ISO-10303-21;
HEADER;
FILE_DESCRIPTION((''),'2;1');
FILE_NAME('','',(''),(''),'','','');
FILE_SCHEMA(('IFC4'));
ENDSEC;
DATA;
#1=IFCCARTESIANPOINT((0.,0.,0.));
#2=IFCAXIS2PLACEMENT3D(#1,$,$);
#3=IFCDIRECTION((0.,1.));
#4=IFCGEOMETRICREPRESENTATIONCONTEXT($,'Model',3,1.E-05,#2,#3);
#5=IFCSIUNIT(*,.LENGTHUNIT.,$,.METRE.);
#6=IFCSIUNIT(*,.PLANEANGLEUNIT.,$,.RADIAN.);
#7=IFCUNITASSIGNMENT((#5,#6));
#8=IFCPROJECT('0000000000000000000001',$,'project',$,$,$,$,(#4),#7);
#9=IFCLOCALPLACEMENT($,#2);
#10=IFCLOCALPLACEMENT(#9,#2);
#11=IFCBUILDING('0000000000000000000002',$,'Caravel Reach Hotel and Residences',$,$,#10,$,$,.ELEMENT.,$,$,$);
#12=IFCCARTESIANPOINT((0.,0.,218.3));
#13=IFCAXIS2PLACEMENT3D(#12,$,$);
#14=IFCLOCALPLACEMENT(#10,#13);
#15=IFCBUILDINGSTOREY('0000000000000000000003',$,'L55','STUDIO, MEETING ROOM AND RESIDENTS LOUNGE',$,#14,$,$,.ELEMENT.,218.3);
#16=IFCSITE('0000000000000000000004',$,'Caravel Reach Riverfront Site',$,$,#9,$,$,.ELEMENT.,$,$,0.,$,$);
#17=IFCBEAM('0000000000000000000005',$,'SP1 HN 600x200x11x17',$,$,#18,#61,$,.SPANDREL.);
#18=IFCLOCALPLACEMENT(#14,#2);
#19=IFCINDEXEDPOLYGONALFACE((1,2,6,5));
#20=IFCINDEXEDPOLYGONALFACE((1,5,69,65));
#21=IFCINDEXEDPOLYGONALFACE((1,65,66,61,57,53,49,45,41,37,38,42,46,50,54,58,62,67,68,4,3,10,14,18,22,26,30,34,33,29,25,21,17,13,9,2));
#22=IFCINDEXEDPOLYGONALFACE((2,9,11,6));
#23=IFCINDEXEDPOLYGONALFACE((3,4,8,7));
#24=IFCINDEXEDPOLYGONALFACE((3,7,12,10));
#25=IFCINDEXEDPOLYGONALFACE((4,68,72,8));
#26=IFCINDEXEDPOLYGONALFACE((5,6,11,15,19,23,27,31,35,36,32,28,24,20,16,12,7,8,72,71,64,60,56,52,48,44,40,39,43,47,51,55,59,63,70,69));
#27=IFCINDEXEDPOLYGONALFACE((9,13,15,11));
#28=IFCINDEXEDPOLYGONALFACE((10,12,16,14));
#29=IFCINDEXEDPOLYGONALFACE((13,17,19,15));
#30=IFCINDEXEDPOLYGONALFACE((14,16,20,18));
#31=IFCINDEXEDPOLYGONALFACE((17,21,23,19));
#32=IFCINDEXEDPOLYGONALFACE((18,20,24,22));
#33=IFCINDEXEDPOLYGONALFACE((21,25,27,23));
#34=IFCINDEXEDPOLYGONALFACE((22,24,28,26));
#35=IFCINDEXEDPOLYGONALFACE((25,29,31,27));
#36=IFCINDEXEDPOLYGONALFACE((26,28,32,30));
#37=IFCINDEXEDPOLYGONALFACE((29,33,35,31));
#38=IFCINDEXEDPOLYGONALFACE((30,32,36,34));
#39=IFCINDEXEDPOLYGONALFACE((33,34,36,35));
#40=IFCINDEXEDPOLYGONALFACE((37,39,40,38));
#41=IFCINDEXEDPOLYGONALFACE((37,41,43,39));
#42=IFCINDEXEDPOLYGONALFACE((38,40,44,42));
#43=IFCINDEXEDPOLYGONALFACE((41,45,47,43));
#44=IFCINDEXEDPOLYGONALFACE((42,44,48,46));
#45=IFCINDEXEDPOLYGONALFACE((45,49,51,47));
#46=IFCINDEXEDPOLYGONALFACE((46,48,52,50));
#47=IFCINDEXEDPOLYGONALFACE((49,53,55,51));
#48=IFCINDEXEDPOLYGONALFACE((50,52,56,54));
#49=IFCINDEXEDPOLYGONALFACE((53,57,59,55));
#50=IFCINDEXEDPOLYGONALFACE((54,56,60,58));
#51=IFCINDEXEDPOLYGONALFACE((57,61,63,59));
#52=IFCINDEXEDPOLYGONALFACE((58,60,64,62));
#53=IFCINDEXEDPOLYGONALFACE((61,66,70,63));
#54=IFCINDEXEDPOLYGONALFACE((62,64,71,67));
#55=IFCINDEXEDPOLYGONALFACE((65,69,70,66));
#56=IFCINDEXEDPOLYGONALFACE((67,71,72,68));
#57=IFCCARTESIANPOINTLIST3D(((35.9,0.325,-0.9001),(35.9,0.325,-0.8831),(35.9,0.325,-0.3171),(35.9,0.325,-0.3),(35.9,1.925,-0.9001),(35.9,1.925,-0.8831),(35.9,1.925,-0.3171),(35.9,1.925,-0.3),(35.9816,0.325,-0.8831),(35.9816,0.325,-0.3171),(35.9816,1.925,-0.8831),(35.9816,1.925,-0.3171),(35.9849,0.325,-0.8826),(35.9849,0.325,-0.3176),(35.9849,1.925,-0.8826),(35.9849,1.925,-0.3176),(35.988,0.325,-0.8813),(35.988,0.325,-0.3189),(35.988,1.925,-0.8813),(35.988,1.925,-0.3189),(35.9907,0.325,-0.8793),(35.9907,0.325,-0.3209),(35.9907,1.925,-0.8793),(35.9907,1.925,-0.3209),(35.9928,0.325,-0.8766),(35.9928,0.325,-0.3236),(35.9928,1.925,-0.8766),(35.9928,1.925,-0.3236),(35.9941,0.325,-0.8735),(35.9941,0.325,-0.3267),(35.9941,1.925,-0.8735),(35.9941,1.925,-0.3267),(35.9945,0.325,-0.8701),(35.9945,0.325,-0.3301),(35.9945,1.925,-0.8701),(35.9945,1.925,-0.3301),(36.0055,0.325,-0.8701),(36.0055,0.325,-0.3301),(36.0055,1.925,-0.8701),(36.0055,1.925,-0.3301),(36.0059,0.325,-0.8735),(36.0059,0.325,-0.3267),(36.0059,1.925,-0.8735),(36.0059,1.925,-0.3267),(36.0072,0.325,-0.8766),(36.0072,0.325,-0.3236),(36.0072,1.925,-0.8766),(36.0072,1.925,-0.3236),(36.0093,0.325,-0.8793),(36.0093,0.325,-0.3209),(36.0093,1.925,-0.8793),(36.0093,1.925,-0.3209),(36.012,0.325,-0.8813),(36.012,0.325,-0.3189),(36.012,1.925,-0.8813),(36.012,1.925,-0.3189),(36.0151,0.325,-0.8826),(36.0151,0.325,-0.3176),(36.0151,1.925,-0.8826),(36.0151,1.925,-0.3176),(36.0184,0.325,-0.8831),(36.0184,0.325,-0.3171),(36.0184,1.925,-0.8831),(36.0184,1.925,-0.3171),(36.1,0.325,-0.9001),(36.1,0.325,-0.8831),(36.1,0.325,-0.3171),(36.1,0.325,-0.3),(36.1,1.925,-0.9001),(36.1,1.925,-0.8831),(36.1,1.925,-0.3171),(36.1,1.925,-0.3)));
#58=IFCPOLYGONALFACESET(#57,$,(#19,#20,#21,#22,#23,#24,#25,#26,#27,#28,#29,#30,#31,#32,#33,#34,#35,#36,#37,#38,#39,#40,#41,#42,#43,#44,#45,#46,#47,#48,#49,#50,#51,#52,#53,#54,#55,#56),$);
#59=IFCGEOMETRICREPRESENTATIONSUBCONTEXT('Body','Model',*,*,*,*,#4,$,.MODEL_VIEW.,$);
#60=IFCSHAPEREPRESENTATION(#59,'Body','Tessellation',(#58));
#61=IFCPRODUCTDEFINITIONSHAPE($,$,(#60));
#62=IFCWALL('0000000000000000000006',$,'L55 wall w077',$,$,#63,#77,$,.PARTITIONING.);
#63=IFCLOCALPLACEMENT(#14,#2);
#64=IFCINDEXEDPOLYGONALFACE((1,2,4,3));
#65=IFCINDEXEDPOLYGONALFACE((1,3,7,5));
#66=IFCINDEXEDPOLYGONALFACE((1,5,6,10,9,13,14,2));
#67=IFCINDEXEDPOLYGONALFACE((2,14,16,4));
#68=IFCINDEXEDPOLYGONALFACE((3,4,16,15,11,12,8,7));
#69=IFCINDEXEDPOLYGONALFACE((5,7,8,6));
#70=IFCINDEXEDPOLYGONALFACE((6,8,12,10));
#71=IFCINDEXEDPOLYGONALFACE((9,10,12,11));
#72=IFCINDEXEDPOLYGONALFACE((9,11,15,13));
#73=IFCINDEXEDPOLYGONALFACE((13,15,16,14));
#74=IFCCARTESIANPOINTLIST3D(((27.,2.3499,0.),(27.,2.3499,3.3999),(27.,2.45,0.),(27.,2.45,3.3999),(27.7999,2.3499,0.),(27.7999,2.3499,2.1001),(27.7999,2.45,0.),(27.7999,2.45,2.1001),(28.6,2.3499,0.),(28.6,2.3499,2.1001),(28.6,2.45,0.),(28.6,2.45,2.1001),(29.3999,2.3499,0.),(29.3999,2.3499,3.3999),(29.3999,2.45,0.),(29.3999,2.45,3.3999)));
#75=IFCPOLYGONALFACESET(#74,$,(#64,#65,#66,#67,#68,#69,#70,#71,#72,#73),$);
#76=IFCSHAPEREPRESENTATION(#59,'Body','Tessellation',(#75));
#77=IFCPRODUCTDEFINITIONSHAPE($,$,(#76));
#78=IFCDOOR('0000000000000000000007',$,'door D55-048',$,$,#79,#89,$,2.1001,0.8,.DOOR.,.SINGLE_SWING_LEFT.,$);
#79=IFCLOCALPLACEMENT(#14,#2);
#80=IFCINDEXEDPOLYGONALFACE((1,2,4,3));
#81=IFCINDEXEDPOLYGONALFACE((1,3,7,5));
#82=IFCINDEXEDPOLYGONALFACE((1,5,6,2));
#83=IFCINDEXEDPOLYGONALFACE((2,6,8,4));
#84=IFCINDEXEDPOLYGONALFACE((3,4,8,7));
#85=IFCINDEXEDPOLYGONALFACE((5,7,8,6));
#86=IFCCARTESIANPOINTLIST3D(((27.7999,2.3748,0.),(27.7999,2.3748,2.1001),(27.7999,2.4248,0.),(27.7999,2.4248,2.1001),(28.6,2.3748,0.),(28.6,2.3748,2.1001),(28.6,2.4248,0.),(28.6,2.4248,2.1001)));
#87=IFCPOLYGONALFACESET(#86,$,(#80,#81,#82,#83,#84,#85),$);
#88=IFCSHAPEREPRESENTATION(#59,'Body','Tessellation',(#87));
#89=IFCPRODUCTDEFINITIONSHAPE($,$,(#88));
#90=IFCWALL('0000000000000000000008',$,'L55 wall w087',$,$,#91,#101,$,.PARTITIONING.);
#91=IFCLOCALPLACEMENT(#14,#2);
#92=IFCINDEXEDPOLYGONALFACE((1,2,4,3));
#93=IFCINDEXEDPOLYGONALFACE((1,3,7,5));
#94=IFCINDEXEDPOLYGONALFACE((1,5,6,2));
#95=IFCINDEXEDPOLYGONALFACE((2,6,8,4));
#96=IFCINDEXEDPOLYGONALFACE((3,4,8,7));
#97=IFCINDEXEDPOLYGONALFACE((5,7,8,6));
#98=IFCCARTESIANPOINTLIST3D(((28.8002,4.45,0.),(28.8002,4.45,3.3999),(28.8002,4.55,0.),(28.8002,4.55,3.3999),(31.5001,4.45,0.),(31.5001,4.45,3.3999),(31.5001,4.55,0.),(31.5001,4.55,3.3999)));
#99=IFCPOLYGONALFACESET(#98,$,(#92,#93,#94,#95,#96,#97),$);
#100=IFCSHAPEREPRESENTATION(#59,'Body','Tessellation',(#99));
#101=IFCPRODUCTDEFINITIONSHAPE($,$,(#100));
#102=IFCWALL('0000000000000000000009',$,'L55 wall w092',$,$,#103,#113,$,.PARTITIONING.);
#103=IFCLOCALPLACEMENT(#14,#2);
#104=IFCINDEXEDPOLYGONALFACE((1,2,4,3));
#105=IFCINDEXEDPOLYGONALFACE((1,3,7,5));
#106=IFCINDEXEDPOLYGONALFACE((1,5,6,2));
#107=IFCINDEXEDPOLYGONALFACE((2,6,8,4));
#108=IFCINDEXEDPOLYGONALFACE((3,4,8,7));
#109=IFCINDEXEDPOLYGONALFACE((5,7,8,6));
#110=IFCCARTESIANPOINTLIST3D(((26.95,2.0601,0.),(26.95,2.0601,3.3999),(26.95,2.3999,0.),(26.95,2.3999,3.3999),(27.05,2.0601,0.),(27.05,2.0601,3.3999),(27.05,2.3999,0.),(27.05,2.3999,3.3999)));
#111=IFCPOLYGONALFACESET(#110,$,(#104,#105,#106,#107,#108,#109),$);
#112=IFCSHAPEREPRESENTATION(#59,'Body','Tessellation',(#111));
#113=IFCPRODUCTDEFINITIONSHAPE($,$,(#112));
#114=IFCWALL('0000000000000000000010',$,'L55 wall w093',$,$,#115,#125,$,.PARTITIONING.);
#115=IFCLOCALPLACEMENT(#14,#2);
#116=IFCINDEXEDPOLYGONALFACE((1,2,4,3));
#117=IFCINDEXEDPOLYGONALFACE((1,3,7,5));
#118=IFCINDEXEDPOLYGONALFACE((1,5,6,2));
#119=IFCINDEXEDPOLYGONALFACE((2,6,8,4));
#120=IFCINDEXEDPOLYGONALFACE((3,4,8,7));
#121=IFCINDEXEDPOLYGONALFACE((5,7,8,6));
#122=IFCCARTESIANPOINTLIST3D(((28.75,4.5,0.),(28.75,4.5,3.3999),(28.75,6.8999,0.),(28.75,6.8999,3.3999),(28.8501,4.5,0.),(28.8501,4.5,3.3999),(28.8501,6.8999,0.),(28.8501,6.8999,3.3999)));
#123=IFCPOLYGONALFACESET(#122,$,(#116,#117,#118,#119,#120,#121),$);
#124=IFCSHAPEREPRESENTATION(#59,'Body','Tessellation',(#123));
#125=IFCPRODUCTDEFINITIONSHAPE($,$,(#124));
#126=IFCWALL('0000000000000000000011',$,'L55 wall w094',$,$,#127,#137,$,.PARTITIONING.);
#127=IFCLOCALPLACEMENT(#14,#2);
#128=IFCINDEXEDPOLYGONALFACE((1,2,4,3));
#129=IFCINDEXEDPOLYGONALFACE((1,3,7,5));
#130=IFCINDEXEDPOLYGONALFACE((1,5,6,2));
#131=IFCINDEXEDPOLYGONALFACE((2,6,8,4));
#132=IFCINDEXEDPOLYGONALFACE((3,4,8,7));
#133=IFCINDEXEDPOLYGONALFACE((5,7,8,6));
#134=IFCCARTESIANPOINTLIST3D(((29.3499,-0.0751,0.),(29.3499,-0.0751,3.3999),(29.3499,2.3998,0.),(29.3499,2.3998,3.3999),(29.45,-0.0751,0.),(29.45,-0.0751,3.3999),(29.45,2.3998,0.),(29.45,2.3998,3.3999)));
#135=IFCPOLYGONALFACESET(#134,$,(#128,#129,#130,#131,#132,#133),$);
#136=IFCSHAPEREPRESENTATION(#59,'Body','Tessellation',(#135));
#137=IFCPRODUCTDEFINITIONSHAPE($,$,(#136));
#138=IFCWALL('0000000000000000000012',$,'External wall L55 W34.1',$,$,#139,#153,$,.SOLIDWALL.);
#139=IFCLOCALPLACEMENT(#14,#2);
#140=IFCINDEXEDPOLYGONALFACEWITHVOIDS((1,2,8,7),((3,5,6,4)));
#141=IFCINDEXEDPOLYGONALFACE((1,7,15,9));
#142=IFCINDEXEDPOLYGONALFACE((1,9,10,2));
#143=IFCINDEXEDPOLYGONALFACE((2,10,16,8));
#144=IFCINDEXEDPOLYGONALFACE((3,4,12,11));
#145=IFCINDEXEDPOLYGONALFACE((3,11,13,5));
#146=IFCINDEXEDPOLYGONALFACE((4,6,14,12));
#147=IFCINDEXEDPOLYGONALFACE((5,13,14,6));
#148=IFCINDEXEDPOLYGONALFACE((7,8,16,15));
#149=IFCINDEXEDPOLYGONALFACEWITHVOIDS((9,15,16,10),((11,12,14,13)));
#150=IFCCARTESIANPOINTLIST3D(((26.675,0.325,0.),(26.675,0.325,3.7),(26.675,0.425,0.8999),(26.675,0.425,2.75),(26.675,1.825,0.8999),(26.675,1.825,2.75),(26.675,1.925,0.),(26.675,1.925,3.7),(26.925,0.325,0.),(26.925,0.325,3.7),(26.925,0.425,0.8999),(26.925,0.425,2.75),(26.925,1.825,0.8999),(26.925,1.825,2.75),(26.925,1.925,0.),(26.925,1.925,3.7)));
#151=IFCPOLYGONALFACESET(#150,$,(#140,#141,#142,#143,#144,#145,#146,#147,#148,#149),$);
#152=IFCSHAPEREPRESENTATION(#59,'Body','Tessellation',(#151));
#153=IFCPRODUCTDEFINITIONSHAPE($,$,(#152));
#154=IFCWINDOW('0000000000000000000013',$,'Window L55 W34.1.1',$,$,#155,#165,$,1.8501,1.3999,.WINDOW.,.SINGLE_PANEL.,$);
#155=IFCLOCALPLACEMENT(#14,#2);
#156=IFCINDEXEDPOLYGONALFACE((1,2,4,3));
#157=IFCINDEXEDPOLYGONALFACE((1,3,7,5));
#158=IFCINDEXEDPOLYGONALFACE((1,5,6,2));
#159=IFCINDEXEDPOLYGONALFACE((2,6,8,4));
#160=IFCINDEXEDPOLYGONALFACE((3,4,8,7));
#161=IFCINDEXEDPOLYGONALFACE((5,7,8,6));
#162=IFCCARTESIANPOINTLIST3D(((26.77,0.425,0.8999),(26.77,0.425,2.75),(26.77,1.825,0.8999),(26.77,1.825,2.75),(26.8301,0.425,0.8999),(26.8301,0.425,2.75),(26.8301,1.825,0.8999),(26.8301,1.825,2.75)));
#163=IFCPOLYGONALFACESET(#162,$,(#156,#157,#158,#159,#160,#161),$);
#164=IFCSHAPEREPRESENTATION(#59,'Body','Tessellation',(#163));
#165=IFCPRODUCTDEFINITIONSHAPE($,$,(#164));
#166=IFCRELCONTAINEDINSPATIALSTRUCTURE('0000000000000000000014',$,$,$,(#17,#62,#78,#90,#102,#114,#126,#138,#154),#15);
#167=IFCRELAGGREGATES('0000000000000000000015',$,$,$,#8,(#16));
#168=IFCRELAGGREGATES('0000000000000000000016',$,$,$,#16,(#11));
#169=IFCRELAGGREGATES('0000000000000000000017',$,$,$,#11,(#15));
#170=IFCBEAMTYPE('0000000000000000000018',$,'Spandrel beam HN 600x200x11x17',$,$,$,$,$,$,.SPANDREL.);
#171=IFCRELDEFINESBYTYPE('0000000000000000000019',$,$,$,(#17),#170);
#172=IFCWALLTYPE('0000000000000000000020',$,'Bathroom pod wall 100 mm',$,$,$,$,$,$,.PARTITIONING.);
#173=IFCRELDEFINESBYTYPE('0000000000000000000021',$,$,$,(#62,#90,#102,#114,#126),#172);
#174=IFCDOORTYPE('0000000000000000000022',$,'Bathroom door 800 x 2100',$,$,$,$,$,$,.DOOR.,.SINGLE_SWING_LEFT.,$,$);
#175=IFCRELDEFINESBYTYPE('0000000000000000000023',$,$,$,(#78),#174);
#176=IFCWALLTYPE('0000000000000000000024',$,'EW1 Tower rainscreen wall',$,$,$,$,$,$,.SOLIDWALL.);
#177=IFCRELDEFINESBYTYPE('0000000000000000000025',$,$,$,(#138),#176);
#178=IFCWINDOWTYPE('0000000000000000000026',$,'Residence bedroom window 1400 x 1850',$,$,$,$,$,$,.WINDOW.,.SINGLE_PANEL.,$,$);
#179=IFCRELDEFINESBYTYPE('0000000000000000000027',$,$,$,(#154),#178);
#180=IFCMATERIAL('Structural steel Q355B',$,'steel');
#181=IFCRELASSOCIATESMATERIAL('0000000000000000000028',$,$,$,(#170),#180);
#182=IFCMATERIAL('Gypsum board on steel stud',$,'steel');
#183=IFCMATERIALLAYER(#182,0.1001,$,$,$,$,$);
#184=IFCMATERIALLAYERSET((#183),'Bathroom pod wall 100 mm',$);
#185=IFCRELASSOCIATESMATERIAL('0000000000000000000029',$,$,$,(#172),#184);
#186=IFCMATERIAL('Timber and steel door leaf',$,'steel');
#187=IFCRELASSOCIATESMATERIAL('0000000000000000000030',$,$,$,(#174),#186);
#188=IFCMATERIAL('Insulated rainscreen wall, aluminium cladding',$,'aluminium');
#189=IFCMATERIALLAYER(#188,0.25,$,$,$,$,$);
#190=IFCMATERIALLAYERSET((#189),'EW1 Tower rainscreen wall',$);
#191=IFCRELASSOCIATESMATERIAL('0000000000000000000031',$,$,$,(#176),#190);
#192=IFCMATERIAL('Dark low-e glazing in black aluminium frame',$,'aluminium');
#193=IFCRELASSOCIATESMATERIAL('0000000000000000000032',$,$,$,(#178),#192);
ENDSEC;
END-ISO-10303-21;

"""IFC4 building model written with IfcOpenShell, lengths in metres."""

from ifc_helpers import new_model, si_unit, direction, frame, frame_2d, origin, origin_2d, place, context, subcontext, project, spatial, rectangle, i_section, extrude, material, layer, layer_set, material_profile, profile_set, type_object, element, fill, save


model = new_model("IFC4")

# Units and contexts
model_context = context("Model", 3, precision=1e-05, world=origin(), true_north=direction((0.0, 1.0)))
body_context = subcontext(model_context, "Body", "Model", "MODEL_VIEW")
ifc_project = project(units=[si_unit("LENGTHUNIT", "METRE"), si_unit("PLANEANGLEUNIT", "RADIAN")], contexts=[model_context])

# Site, building, storey
site_placement = place(None, origin())
site = spatial("IfcSite", under=ifc_project, at=site_placement, Name="Caravel Reach Riverfront Site", CompositionType="ELEMENT", RefElevation=0.0)
building_placement = place(site_placement, origin())
building = spatial("IfcBuilding", under=site, at=building_placement, Name="Caravel Reach Hotel and Residences", CompositionType="ELEMENT")
storey_placement = place(building_placement, frame((0.0, 0.0, 218.3)))
storey = spatial("IfcBuildingStorey", under=building, at=storey_placement, Name="L55", Description="STUDIO, MEETING ROOM AND RESIDENTS LOUNGE", CompositionType="ELEMENT", Elevation=218.3)

# Beam
ifc_material_1 = material(Name="Structural steel Q355B", Category="steel")
ifc_material_profile_1 = material_profile(ifc_material_1, i_section(OverallWidth=0.2, OverallDepth=0.6001, WebThickness=0.011, FlangeThickness=0.0171, FilletRadius=0.0129, at=origin_2d()), Name="HN 600x200x11x17")
ifc_profile_set_1 = profile_set([ifc_material_profile_1], Name="Structural steel Q355B")
beam_type = type_object("IfcBeamType", Name="Spandrel beam HN 600x200x11x17", PredefinedType="SPANDREL", material=ifc_profile_set_1)
beam_1_placement = place(storey_placement, frame((36.0, 0.325, -0.6001), z_axis=(0.0, 1.0, 0.0), x_axis=(-1.0, 0.0, 0.0)))
element("IfcBeam", 1, at=beam_1_placement, inside=storey, type_object=beam_type, Name="SP1 HN 600x200x11x17", PredefinedType="SPANDREL", context=body_context, shape_type="SweptSolid", body=[
    extrude(i_section(OverallWidth=0.2, OverallDepth=0.6001, WebThickness=0.011, FlangeThickness=0.0171, FilletRadius=0.0129, at=origin_2d()), origin(), (0.0, 0.0, 1.0), 1.6001),
])

# Wall, opening, door
ifc_material_2 = material(Name="Gypsum board on steel stud", Category="steel")
ifc_layer_1 = layer(ifc_material_2, 0.1001)
ifc_layer_set_1 = layer_set([ifc_layer_1], Name="Bathroom pod wall 100 mm")
wall_type_1 = type_object("IfcWallType", Name="Bathroom pod wall 100 mm", PredefinedType="PARTITIONING", material=ifc_layer_set_1)
wall_1_placement = place(storey_placement, frame((27.0, 2.3999, 0.0), z_axis=(0.0, 0.0, 1.0), x_axis=(1.0, 0.0, 0.0)))
wall_1 = element("IfcWall", 2, at=wall_1_placement, inside=storey, type_object=wall_type_1, Name="L55 wall w077", PredefinedType="PARTITIONING", context=body_context, shape_type="SweptSolid", body=[
    extrude(rectangle(XDim=2.3999, YDim=0.1001, at=frame_2d((1.2, 0.0))), origin(), (0.0, 0.0, 1.0), 3.3999),
])
opening_1_placement = place(wall_1_placement, frame((0.8, 0.0, 0.0)))
opening_1 = element("IfcOpeningElement", 3, at=opening_1_placement, cuts=wall_1, PredefinedType="OPENING", context=body_context, shape_type="SweptSolid", body=[
    extrude(rectangle(XDim=0.8, YDim=2.1001, at=frame_2d((0.3999, 1.05))), frame((0.0, 0.0601, 0.0), z_axis=(0.0, -1.0, 0.0), x_axis=(1.0, 0.0, 0.0)), (0.0, 0.0, 1.0), 0.1201),
])
ifc_material_3 = material(Name="Timber and steel door leaf", Category="steel")
door_type_1 = type_object("IfcDoorType", Name="Bathroom door 800 x 2100", OperationType="SINGLE_SWING_LEFT", PredefinedType="DOOR", material=ifc_material_3)
door_1_placement = place(opening_1_placement, origin())
door_1 = element("IfcDoor", 4, at=door_1_placement, inside=storey, type_object=door_type_1, Name="door D55-048", OperationType="SINGLE_SWING_LEFT", OverallHeight=2.1001, OverallWidth=0.8, PredefinedType="DOOR", context=body_context, shape_type="SweptSolid", body=[
    extrude(rectangle(XDim=0.8, YDim=2.1001, at=frame_2d((0.3999, 1.05))), frame((0.0, 0.0249, 0.0), z_axis=(0.0, -1.0, 0.0), x_axis=(1.0, 0.0, 0.0)), (0.0, 0.0, 1.0), 0.05),
])
fill(opening_1, door_1)

# Walls
wall_2_placement = place(storey_placement, frame((28.8, 4.5, 0.0), z_axis=(0.0, 0.0, 1.0), x_axis=(1.0, 0.0, 0.0)))
element("IfcWall", 5, at=wall_2_placement, inside=storey, type_object=wall_type_1, Name="L55 wall w087", PredefinedType="PARTITIONING", context=body_context, shape_type="SweptSolid", body=[
    extrude(rectangle(XDim=2.7, YDim=0.1001, at=frame_2d((1.3501, 0.0))), origin(), (0.0, 0.0, 1.0), 3.3999),
])
wall_3_placement = place(storey_placement, frame((27.0, 2.0601, 0.0), z_axis=(0.0, 0.0, 1.0), x_axis=(0.0, 1.0, 0.0)))
element("IfcWall", 6, at=wall_3_placement, inside=storey, type_object=wall_type_1, Name="L55 wall w092", PredefinedType="PARTITIONING", context=body_context, shape_type="SweptSolid", body=[
    extrude(rectangle(XDim=0.3398, YDim=0.1001, at=frame_2d((0.1699, 0.0))), origin(), (0.0, 0.0, 1.0), 3.3999),
])
wall_4_placement = place(storey_placement, frame((28.8, 4.5, 0.0), z_axis=(0.0, 0.0, 1.0), x_axis=(0.0, 1.0, 0.0)))
element("IfcWall", 7, at=wall_4_placement, inside=storey, type_object=wall_type_1, Name="L55 wall w093", PredefinedType="PARTITIONING", context=body_context, shape_type="SweptSolid", body=[
    extrude(rectangle(XDim=2.3999, YDim=0.1001, at=frame_2d((1.2, 0.0))), origin(), (0.0, 0.0, 1.0), 3.3999),
])
wall_5_placement = place(storey_placement, frame((29.3999, -0.075, 0.0), z_axis=(0.0, 0.0, 1.0), x_axis=(0.0, 1.0, 0.0)))
element("IfcWall", 8, at=wall_5_placement, inside=storey, type_object=wall_type_1, Name="L55 wall w094", PredefinedType="PARTITIONING", context=body_context, shape_type="SweptSolid", body=[
    extrude(rectangle(XDim=2.4749, YDim=0.1001, at=frame_2d((1.2373, 0.0))), origin(), (0.0, 0.0, 1.0), 3.3999),
])

# Wall, opening, window
ifc_material_4 = material(Name="Insulated rainscreen wall, aluminium cladding", Category="aluminium")
ifc_layer_2 = layer(ifc_material_4, 0.25)
ifc_layer_set_2 = layer_set([ifc_layer_2], Name="EW1 Tower rainscreen wall")
wall_type_2 = type_object("IfcWallType", Name="EW1 Tower rainscreen wall", PredefinedType="SOLIDWALL", material=ifc_layer_set_2)
wall_6_placement = place(storey_placement, frame((26.8, 1.925, 0.0), z_axis=(0.0, 0.0, 1.0), x_axis=(0.0, -1.0, 0.0)))
wall_6 = element("IfcWall", 9, at=wall_6_placement, inside=storey, type_object=wall_type_2, Name="External wall L55 W34.1", PredefinedType="SOLIDWALL", context=body_context, shape_type="SweptSolid", body=[
    extrude(rectangle(XDim=1.6001, YDim=0.25, at=frame_2d((0.8, 0.0))), origin(), (0.0, 0.0, 1.0), 3.7),
])
opening_2_placement = place(wall_6_placement, frame((0.1001, 0.0, 0.8999)))
opening_2 = element("IfcOpeningElement", 10, at=opening_2_placement, cuts=wall_6, PredefinedType="OPENING", context=body_context, shape_type="SweptSolid", body=[
    extrude(rectangle(XDim=1.3999, YDim=1.8501, at=frame_2d((0.7, 0.925))), frame((0.0, 0.135, 0.0), z_axis=(0.0, -1.0, 0.0), x_axis=(1.0, 0.0, 0.0)), (0.0, 0.0, 1.0), 0.27),
])
ifc_material_5 = material(Name="Dark low-e glazing in black aluminium frame", Category="aluminium")
window_type_1 = type_object("IfcWindowType", Name="Residence bedroom window 1400 x 1850", PartitioningType="SINGLE_PANEL", PredefinedType="WINDOW", material=ifc_material_5)
window_1_placement = place(opening_2_placement, origin())
window_1 = element("IfcWindow", 11, at=window_1_placement, inside=storey, type_object=window_type_1, Name="Window L55 W34.1.1", OverallHeight=1.8501, OverallWidth=1.3999, PartitioningType="SINGLE_PANEL", PredefinedType="WINDOW", context=body_context, shape_type="SweptSolid", body=[
    extrude(rectangle(XDim=1.3999, YDim=1.8501, at=frame_2d((0.7, 0.925))), frame((0.0, 0.03, 0.0), z_axis=(0.0, -1.0, 0.0), x_axis=(1.0, 0.0, 0.0)), (0.0, 0.0, 1.0), 0.0601),
])
fill(opening_2, window_1)

save(model, "model.ifc")
